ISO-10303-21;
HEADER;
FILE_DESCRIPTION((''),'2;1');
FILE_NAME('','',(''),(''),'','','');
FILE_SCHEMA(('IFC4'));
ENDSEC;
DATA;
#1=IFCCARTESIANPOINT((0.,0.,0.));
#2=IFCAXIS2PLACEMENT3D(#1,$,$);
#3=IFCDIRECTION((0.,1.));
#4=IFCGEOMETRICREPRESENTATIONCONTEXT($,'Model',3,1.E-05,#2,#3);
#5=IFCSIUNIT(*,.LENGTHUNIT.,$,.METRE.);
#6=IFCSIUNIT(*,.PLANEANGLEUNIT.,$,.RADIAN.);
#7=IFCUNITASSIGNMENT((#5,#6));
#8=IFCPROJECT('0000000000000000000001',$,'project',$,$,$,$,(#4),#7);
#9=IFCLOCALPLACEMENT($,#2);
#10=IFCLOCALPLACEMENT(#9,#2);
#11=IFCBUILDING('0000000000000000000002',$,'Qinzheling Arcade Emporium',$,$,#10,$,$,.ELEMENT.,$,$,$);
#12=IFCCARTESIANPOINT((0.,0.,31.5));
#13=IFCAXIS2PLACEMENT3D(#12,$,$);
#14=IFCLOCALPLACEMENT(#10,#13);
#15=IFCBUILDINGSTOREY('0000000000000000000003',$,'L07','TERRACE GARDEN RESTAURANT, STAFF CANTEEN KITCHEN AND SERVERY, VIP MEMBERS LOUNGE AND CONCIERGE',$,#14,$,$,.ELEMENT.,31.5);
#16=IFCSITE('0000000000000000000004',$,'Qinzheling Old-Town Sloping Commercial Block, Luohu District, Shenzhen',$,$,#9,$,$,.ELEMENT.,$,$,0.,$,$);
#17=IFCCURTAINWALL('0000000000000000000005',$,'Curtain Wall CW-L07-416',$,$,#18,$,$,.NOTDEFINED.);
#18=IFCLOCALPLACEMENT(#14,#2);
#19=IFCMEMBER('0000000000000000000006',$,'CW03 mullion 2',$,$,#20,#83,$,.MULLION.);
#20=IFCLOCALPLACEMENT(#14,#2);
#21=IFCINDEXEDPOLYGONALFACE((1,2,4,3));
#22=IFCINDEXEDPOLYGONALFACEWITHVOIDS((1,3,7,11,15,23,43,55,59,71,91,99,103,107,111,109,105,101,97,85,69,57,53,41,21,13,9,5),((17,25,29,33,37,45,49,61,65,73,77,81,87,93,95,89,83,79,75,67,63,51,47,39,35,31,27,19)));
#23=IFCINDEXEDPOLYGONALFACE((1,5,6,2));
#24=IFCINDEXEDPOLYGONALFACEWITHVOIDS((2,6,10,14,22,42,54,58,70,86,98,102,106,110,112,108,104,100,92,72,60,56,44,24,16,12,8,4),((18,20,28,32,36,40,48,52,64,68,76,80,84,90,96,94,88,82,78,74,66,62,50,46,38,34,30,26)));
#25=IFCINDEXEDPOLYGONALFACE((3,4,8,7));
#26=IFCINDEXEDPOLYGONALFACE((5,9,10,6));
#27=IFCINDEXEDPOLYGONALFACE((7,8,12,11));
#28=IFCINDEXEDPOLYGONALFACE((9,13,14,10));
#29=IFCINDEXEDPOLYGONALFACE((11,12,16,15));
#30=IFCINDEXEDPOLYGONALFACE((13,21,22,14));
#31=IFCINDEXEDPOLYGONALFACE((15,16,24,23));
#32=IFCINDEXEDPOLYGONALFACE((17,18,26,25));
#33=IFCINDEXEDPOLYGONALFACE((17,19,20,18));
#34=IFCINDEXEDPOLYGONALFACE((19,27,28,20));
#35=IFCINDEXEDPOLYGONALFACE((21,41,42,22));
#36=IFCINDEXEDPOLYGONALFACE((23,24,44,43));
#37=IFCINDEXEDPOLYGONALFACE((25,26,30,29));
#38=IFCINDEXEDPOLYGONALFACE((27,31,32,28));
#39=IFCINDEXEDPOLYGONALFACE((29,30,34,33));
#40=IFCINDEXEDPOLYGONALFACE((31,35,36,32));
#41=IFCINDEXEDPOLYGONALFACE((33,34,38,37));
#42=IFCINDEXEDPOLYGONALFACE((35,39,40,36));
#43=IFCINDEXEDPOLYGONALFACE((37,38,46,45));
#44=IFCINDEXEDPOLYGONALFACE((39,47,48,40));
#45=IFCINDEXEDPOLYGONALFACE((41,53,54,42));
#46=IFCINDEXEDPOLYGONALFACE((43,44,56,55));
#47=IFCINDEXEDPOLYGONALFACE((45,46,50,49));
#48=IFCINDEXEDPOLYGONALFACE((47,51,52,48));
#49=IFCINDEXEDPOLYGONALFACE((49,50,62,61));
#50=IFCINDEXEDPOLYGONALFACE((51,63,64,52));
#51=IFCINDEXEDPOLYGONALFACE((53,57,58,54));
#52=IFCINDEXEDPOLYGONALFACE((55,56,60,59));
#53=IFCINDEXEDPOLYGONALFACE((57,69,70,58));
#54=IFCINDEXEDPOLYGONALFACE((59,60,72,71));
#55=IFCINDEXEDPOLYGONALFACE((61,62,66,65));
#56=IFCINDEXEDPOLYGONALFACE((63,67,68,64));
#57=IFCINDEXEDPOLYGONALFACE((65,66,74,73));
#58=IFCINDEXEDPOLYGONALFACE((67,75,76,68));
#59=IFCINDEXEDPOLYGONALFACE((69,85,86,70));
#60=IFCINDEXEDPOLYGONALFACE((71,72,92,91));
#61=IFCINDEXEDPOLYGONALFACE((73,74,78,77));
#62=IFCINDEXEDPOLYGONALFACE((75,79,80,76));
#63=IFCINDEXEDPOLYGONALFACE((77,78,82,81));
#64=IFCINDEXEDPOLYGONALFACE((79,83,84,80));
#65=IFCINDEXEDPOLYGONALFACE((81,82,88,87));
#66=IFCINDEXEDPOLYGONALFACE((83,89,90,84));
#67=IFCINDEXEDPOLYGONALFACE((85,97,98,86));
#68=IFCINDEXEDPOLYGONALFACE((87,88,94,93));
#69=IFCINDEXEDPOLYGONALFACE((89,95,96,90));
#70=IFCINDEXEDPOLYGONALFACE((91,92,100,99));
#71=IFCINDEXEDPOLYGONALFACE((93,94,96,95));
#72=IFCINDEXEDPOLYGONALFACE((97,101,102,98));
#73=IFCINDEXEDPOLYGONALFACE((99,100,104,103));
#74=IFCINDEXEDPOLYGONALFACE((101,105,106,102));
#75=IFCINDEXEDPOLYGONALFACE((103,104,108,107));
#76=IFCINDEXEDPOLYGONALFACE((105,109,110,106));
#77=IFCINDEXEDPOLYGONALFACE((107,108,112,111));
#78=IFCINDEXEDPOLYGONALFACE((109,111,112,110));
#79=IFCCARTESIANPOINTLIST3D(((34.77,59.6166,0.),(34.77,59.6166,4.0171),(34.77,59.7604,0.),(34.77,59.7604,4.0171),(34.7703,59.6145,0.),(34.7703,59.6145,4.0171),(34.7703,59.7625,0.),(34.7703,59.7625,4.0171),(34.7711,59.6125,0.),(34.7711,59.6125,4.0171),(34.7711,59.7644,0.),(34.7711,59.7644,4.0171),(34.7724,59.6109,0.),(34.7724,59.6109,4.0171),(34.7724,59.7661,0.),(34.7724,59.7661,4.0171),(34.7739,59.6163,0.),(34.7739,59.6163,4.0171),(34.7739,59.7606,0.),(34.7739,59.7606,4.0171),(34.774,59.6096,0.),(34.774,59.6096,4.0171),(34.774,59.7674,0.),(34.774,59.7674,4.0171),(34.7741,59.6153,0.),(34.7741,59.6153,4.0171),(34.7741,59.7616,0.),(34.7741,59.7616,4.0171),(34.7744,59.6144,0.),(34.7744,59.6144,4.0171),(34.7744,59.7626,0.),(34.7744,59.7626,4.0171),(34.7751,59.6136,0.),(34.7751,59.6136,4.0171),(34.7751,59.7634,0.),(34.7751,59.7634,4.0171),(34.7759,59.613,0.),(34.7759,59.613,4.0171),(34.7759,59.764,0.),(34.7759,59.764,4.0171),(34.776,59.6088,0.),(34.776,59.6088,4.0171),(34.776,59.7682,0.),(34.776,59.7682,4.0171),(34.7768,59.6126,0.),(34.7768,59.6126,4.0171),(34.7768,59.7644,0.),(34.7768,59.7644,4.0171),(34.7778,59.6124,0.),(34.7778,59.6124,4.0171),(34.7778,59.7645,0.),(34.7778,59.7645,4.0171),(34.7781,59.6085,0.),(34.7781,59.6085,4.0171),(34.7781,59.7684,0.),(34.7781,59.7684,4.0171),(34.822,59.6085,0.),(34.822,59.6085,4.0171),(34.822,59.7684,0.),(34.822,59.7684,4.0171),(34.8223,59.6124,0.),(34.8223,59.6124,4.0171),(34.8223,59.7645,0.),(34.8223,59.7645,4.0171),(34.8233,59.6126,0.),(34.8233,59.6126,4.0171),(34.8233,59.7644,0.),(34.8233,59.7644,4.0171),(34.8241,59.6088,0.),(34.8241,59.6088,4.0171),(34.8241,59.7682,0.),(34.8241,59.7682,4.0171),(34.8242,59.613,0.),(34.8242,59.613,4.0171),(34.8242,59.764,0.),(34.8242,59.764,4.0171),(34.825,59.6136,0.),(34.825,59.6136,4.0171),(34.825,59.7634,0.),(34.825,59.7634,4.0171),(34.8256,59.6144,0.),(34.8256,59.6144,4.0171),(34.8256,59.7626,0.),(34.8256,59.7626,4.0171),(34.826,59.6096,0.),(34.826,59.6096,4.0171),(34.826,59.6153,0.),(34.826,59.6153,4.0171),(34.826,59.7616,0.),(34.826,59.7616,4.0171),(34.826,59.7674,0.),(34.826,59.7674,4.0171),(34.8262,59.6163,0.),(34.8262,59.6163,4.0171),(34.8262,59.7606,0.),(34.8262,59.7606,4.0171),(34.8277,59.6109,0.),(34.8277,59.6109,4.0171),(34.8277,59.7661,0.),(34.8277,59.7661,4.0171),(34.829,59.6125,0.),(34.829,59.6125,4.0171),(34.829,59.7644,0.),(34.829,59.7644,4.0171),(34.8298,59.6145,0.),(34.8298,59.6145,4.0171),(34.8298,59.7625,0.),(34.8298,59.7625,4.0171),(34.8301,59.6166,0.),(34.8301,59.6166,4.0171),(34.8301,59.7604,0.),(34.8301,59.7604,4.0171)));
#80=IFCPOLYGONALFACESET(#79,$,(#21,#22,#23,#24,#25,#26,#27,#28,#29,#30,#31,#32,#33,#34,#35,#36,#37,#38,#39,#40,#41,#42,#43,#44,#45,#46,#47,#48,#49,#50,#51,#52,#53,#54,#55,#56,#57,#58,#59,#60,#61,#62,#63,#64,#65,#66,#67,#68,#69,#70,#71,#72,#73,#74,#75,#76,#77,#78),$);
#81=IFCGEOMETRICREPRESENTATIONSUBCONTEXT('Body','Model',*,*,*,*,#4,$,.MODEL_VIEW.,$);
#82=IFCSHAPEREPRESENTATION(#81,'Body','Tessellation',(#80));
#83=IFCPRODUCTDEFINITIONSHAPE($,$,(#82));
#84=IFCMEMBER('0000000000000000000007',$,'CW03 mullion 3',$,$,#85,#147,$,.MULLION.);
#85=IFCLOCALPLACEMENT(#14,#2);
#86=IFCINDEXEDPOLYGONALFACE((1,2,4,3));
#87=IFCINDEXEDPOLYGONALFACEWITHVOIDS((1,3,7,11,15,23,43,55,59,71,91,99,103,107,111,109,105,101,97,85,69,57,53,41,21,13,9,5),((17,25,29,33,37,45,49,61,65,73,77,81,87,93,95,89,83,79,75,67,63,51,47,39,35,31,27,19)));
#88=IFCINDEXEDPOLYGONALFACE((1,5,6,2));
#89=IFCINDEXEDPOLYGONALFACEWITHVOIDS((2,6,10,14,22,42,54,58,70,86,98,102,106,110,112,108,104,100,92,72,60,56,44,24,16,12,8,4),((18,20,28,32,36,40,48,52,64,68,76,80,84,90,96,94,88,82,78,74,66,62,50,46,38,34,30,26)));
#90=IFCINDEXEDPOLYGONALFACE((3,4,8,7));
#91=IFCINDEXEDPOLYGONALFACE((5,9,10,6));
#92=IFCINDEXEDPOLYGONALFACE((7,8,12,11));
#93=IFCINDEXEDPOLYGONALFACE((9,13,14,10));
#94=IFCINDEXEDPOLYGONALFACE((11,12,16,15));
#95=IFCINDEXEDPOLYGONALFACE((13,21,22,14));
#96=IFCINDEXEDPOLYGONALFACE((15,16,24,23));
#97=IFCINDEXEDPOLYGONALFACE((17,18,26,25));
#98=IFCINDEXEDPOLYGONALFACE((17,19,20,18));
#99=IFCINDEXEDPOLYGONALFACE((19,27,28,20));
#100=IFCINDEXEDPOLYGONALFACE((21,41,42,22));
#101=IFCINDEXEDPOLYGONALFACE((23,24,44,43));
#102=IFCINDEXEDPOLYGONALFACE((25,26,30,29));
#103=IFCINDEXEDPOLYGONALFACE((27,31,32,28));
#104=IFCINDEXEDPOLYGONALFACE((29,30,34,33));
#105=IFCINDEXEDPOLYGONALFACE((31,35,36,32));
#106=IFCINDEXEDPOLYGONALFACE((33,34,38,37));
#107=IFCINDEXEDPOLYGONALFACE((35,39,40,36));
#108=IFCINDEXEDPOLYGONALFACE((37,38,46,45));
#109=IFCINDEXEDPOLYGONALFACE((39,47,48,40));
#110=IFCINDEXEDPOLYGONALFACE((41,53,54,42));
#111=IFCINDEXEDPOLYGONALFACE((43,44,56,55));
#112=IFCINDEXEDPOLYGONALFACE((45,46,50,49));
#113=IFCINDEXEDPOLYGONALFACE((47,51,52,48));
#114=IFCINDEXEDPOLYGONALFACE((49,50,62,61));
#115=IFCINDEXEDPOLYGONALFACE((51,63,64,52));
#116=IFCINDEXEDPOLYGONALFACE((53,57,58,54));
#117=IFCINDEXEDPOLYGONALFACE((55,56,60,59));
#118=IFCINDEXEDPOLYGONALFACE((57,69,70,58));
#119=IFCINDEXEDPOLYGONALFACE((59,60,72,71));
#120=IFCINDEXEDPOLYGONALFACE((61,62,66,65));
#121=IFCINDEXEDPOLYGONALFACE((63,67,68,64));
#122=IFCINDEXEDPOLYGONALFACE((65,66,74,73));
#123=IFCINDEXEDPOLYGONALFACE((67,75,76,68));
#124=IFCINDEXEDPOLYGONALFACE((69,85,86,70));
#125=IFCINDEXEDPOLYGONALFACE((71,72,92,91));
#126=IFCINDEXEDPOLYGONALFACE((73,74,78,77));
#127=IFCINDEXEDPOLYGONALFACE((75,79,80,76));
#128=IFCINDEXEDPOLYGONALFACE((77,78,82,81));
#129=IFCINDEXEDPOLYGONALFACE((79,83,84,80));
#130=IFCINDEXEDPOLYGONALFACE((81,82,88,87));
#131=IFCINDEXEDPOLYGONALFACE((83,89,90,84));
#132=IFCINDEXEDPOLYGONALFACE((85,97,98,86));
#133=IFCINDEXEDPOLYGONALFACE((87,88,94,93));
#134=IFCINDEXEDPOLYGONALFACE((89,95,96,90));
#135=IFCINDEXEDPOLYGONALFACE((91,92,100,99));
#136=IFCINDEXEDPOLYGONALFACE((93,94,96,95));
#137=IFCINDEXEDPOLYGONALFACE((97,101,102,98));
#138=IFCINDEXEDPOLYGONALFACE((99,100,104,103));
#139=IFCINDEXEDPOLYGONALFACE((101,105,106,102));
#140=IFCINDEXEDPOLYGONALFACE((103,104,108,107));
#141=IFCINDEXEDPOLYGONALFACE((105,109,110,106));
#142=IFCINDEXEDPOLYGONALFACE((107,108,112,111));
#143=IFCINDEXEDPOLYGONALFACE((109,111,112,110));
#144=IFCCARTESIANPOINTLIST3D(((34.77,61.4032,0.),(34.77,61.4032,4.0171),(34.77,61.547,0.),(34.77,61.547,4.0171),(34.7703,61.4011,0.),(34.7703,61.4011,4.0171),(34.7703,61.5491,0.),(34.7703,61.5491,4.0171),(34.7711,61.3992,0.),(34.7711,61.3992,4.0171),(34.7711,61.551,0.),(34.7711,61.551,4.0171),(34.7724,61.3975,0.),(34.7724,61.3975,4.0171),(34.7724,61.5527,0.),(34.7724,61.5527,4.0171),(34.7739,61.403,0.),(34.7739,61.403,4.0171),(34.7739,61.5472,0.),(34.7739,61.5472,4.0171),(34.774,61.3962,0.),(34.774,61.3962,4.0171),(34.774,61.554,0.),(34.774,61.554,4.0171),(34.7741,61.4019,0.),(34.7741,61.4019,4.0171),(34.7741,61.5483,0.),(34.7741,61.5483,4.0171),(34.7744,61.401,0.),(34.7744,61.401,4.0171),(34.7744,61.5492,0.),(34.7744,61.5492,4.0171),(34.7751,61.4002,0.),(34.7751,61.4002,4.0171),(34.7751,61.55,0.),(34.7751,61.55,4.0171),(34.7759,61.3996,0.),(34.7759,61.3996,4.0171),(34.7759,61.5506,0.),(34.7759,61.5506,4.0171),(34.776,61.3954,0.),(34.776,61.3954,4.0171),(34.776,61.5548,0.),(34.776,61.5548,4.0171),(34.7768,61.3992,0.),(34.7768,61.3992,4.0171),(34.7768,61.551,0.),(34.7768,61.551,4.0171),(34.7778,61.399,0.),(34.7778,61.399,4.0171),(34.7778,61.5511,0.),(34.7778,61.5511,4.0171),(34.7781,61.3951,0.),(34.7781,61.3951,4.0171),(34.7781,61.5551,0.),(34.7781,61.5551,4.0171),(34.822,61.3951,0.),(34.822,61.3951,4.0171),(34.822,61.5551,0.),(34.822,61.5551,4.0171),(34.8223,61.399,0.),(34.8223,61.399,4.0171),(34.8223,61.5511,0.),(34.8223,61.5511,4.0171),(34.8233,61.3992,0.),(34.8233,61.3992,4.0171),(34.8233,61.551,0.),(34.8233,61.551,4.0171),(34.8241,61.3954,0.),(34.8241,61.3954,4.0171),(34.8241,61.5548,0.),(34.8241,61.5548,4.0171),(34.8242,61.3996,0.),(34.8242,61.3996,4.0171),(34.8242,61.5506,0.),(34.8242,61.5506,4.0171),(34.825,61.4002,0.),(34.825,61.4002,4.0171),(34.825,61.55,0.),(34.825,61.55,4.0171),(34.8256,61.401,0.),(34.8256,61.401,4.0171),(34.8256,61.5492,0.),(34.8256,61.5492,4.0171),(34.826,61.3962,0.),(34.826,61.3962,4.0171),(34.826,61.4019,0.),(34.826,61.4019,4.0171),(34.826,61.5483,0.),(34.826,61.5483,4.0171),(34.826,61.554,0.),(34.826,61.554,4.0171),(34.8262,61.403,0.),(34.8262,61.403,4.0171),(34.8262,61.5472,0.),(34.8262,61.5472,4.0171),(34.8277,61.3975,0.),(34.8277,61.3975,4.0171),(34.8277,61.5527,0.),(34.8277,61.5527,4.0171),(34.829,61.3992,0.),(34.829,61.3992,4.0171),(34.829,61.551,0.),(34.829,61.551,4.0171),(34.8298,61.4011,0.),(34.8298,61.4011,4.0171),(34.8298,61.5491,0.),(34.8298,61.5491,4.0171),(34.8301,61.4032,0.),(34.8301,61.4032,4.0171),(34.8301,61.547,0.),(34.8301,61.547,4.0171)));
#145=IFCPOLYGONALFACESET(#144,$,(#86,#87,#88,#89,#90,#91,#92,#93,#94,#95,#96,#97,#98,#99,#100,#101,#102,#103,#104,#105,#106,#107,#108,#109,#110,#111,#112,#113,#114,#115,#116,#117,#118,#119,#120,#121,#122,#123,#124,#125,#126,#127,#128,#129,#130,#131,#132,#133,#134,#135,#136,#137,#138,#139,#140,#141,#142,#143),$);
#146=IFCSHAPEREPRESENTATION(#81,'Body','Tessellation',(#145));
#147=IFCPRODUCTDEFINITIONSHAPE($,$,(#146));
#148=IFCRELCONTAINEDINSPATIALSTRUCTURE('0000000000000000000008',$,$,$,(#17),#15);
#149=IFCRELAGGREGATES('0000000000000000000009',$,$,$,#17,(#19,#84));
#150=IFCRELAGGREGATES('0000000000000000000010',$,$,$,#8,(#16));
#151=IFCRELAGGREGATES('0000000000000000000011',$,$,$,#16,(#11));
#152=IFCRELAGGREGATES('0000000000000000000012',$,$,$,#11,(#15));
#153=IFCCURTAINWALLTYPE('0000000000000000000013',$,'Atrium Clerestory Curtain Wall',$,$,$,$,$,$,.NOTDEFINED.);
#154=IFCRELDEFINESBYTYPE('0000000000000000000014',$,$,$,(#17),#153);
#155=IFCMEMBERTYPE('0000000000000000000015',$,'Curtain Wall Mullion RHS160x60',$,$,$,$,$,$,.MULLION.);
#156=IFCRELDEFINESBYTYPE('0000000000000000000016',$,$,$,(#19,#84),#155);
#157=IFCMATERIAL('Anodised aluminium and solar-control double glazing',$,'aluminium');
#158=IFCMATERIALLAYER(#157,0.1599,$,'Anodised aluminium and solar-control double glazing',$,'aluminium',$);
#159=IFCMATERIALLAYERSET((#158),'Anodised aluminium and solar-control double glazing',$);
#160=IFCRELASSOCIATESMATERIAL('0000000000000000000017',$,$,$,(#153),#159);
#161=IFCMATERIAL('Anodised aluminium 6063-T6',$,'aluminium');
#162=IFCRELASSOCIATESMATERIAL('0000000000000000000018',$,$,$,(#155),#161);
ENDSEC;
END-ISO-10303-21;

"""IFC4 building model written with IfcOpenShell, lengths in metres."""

from ifc_helpers import new_model, si_unit, direction, frame, origin, origin_2d, place, context, subcontext, project, spatial, hollow_rectangle, extrude, material, layer, layer_set, material_profile, profile_set, type_object, element, aggregate, save


model = new_model("IFC4")

# Units and contexts
model_context = context("Model", 3, precision=1e-05, world=origin(), true_north=direction((0.0, 1.0)))
body_context = subcontext(model_context, "Body", "Model", "MODEL_VIEW")
ifc_project = project(units=[si_unit("LENGTHUNIT", "METRE"), si_unit("PLANEANGLEUNIT", "RADIAN")], contexts=[model_context])

# Site, building, storey
site_placement = place(None, origin())
site = spatial("IfcSite", under=ifc_project, at=site_placement, Name="Qinzheling Old-Town Sloping Commercial Block, Luohu District, Shenzhen", CompositionType="ELEMENT", RefElevation=0.0)
building_placement = place(site_placement, origin())
building = spatial("IfcBuilding", under=site, at=building_placement, Name="Qinzheling Arcade Emporium", CompositionType="ELEMENT")
storey_placement = place(building_placement, frame((0.0, 0.0, 31.5)))
storey = spatial("IfcBuildingStorey", under=building, at=storey_placement, Name="L07", Description="TERRACE GARDEN RESTAURANT, STAFF CANTEEN KITCHEN AND SERVERY, VIP MEMBERS LOUNGE AND CONCIERGE", CompositionType="ELEMENT", Elevation=31.5)

# Shared definitions
ifc_material_1 = material(Name="Anodised aluminium and solar-control double glazing", Category="aluminium")
ifc_layer_1 = layer(ifc_material_1, 0.1599, Name="Anodised aluminium and solar-control double glazing", Category="aluminium")
ifc_layer_set_1 = layer_set([ifc_layer_1], Name="Anodised aluminium and solar-control double glazing")
curtain_wall_type = type_object("IfcCurtainWallType", Name="Atrium Clerestory Curtain Wall", PredefinedType="NOTDEFINED", material=ifc_layer_set_1)
ifc_material_2 = material(Name="Anodised aluminium 6063-T6", Category="aluminium")
ifc_material_profile_1 = material_profile(ifc_material_2, hollow_rectangle(XDim=0.0601, YDim=0.1599, WallThickness=0.0039, InnerFilletRadius=0.0039, OuterFilletRadius=0.0081, at=origin_2d()), Name="RHS 160x60x4", Category="aluminium")
ifc_profile_set_1 = profile_set([ifc_material_profile_1], Name="Anodised aluminium 6063-T6")
member_type_1 = type_object("IfcMemberType", Name="Curtain Wall Mullion RHS160x60", PredefinedType="MULLION", material=ifc_profile_set_1)

# Curtain wall, members
curtain_wall_1_placement = place(storey_placement, origin())
curtain_wall_1 = element("IfcCurtainWall", 1, at=curtain_wall_1_placement, inside=storey, type_object=curtain_wall_type, Name="Curtain Wall CW-L07-416", PredefinedType="NOTDEFINED")
member_1_placement = place(storey_placement, frame((34.8, 59.6885, 0.0), z_axis=(0.0, 0.0, 1.0), x_axis=(-1.0, 0.0, 0.0)))
member_1 = element("IfcMember", 2, at=member_1_placement, type_object=member_type_1, Name="CW03 mullion 2", PredefinedType="MULLION", context=body_context, shape_type="SweptSolid", body=[
    extrude(hollow_rectangle(XDim=0.0601, YDim=0.1599, WallThickness=0.0039, InnerFilletRadius=0.0039, OuterFilletRadius=0.0081, at=origin_2d()), origin(), (0.0, 0.0, 1.0), 4.0171),
])
member_2_placement = place(storey_placement, frame((34.8, 61.4751, 0.0), z_axis=(0.0, 0.0, 1.0), x_axis=(-1.0, 0.0, 0.0)))
member_2 = element("IfcMember", 3, at=member_2_placement, type_object=member_type_1, Name="CW03 mullion 3", PredefinedType="MULLION", context=body_context, shape_type="SweptSolid", body=[
    extrude(hollow_rectangle(XDim=0.0601, YDim=0.1599, WallThickness=0.0039, InnerFilletRadius=0.0039, OuterFilletRadius=0.0081, at=origin_2d()), origin(), (0.0, 0.0, 1.0), 4.0171),
])
aggregate(curtain_wall_1, [member_1, member_2])

save(model, "model.ifc")
